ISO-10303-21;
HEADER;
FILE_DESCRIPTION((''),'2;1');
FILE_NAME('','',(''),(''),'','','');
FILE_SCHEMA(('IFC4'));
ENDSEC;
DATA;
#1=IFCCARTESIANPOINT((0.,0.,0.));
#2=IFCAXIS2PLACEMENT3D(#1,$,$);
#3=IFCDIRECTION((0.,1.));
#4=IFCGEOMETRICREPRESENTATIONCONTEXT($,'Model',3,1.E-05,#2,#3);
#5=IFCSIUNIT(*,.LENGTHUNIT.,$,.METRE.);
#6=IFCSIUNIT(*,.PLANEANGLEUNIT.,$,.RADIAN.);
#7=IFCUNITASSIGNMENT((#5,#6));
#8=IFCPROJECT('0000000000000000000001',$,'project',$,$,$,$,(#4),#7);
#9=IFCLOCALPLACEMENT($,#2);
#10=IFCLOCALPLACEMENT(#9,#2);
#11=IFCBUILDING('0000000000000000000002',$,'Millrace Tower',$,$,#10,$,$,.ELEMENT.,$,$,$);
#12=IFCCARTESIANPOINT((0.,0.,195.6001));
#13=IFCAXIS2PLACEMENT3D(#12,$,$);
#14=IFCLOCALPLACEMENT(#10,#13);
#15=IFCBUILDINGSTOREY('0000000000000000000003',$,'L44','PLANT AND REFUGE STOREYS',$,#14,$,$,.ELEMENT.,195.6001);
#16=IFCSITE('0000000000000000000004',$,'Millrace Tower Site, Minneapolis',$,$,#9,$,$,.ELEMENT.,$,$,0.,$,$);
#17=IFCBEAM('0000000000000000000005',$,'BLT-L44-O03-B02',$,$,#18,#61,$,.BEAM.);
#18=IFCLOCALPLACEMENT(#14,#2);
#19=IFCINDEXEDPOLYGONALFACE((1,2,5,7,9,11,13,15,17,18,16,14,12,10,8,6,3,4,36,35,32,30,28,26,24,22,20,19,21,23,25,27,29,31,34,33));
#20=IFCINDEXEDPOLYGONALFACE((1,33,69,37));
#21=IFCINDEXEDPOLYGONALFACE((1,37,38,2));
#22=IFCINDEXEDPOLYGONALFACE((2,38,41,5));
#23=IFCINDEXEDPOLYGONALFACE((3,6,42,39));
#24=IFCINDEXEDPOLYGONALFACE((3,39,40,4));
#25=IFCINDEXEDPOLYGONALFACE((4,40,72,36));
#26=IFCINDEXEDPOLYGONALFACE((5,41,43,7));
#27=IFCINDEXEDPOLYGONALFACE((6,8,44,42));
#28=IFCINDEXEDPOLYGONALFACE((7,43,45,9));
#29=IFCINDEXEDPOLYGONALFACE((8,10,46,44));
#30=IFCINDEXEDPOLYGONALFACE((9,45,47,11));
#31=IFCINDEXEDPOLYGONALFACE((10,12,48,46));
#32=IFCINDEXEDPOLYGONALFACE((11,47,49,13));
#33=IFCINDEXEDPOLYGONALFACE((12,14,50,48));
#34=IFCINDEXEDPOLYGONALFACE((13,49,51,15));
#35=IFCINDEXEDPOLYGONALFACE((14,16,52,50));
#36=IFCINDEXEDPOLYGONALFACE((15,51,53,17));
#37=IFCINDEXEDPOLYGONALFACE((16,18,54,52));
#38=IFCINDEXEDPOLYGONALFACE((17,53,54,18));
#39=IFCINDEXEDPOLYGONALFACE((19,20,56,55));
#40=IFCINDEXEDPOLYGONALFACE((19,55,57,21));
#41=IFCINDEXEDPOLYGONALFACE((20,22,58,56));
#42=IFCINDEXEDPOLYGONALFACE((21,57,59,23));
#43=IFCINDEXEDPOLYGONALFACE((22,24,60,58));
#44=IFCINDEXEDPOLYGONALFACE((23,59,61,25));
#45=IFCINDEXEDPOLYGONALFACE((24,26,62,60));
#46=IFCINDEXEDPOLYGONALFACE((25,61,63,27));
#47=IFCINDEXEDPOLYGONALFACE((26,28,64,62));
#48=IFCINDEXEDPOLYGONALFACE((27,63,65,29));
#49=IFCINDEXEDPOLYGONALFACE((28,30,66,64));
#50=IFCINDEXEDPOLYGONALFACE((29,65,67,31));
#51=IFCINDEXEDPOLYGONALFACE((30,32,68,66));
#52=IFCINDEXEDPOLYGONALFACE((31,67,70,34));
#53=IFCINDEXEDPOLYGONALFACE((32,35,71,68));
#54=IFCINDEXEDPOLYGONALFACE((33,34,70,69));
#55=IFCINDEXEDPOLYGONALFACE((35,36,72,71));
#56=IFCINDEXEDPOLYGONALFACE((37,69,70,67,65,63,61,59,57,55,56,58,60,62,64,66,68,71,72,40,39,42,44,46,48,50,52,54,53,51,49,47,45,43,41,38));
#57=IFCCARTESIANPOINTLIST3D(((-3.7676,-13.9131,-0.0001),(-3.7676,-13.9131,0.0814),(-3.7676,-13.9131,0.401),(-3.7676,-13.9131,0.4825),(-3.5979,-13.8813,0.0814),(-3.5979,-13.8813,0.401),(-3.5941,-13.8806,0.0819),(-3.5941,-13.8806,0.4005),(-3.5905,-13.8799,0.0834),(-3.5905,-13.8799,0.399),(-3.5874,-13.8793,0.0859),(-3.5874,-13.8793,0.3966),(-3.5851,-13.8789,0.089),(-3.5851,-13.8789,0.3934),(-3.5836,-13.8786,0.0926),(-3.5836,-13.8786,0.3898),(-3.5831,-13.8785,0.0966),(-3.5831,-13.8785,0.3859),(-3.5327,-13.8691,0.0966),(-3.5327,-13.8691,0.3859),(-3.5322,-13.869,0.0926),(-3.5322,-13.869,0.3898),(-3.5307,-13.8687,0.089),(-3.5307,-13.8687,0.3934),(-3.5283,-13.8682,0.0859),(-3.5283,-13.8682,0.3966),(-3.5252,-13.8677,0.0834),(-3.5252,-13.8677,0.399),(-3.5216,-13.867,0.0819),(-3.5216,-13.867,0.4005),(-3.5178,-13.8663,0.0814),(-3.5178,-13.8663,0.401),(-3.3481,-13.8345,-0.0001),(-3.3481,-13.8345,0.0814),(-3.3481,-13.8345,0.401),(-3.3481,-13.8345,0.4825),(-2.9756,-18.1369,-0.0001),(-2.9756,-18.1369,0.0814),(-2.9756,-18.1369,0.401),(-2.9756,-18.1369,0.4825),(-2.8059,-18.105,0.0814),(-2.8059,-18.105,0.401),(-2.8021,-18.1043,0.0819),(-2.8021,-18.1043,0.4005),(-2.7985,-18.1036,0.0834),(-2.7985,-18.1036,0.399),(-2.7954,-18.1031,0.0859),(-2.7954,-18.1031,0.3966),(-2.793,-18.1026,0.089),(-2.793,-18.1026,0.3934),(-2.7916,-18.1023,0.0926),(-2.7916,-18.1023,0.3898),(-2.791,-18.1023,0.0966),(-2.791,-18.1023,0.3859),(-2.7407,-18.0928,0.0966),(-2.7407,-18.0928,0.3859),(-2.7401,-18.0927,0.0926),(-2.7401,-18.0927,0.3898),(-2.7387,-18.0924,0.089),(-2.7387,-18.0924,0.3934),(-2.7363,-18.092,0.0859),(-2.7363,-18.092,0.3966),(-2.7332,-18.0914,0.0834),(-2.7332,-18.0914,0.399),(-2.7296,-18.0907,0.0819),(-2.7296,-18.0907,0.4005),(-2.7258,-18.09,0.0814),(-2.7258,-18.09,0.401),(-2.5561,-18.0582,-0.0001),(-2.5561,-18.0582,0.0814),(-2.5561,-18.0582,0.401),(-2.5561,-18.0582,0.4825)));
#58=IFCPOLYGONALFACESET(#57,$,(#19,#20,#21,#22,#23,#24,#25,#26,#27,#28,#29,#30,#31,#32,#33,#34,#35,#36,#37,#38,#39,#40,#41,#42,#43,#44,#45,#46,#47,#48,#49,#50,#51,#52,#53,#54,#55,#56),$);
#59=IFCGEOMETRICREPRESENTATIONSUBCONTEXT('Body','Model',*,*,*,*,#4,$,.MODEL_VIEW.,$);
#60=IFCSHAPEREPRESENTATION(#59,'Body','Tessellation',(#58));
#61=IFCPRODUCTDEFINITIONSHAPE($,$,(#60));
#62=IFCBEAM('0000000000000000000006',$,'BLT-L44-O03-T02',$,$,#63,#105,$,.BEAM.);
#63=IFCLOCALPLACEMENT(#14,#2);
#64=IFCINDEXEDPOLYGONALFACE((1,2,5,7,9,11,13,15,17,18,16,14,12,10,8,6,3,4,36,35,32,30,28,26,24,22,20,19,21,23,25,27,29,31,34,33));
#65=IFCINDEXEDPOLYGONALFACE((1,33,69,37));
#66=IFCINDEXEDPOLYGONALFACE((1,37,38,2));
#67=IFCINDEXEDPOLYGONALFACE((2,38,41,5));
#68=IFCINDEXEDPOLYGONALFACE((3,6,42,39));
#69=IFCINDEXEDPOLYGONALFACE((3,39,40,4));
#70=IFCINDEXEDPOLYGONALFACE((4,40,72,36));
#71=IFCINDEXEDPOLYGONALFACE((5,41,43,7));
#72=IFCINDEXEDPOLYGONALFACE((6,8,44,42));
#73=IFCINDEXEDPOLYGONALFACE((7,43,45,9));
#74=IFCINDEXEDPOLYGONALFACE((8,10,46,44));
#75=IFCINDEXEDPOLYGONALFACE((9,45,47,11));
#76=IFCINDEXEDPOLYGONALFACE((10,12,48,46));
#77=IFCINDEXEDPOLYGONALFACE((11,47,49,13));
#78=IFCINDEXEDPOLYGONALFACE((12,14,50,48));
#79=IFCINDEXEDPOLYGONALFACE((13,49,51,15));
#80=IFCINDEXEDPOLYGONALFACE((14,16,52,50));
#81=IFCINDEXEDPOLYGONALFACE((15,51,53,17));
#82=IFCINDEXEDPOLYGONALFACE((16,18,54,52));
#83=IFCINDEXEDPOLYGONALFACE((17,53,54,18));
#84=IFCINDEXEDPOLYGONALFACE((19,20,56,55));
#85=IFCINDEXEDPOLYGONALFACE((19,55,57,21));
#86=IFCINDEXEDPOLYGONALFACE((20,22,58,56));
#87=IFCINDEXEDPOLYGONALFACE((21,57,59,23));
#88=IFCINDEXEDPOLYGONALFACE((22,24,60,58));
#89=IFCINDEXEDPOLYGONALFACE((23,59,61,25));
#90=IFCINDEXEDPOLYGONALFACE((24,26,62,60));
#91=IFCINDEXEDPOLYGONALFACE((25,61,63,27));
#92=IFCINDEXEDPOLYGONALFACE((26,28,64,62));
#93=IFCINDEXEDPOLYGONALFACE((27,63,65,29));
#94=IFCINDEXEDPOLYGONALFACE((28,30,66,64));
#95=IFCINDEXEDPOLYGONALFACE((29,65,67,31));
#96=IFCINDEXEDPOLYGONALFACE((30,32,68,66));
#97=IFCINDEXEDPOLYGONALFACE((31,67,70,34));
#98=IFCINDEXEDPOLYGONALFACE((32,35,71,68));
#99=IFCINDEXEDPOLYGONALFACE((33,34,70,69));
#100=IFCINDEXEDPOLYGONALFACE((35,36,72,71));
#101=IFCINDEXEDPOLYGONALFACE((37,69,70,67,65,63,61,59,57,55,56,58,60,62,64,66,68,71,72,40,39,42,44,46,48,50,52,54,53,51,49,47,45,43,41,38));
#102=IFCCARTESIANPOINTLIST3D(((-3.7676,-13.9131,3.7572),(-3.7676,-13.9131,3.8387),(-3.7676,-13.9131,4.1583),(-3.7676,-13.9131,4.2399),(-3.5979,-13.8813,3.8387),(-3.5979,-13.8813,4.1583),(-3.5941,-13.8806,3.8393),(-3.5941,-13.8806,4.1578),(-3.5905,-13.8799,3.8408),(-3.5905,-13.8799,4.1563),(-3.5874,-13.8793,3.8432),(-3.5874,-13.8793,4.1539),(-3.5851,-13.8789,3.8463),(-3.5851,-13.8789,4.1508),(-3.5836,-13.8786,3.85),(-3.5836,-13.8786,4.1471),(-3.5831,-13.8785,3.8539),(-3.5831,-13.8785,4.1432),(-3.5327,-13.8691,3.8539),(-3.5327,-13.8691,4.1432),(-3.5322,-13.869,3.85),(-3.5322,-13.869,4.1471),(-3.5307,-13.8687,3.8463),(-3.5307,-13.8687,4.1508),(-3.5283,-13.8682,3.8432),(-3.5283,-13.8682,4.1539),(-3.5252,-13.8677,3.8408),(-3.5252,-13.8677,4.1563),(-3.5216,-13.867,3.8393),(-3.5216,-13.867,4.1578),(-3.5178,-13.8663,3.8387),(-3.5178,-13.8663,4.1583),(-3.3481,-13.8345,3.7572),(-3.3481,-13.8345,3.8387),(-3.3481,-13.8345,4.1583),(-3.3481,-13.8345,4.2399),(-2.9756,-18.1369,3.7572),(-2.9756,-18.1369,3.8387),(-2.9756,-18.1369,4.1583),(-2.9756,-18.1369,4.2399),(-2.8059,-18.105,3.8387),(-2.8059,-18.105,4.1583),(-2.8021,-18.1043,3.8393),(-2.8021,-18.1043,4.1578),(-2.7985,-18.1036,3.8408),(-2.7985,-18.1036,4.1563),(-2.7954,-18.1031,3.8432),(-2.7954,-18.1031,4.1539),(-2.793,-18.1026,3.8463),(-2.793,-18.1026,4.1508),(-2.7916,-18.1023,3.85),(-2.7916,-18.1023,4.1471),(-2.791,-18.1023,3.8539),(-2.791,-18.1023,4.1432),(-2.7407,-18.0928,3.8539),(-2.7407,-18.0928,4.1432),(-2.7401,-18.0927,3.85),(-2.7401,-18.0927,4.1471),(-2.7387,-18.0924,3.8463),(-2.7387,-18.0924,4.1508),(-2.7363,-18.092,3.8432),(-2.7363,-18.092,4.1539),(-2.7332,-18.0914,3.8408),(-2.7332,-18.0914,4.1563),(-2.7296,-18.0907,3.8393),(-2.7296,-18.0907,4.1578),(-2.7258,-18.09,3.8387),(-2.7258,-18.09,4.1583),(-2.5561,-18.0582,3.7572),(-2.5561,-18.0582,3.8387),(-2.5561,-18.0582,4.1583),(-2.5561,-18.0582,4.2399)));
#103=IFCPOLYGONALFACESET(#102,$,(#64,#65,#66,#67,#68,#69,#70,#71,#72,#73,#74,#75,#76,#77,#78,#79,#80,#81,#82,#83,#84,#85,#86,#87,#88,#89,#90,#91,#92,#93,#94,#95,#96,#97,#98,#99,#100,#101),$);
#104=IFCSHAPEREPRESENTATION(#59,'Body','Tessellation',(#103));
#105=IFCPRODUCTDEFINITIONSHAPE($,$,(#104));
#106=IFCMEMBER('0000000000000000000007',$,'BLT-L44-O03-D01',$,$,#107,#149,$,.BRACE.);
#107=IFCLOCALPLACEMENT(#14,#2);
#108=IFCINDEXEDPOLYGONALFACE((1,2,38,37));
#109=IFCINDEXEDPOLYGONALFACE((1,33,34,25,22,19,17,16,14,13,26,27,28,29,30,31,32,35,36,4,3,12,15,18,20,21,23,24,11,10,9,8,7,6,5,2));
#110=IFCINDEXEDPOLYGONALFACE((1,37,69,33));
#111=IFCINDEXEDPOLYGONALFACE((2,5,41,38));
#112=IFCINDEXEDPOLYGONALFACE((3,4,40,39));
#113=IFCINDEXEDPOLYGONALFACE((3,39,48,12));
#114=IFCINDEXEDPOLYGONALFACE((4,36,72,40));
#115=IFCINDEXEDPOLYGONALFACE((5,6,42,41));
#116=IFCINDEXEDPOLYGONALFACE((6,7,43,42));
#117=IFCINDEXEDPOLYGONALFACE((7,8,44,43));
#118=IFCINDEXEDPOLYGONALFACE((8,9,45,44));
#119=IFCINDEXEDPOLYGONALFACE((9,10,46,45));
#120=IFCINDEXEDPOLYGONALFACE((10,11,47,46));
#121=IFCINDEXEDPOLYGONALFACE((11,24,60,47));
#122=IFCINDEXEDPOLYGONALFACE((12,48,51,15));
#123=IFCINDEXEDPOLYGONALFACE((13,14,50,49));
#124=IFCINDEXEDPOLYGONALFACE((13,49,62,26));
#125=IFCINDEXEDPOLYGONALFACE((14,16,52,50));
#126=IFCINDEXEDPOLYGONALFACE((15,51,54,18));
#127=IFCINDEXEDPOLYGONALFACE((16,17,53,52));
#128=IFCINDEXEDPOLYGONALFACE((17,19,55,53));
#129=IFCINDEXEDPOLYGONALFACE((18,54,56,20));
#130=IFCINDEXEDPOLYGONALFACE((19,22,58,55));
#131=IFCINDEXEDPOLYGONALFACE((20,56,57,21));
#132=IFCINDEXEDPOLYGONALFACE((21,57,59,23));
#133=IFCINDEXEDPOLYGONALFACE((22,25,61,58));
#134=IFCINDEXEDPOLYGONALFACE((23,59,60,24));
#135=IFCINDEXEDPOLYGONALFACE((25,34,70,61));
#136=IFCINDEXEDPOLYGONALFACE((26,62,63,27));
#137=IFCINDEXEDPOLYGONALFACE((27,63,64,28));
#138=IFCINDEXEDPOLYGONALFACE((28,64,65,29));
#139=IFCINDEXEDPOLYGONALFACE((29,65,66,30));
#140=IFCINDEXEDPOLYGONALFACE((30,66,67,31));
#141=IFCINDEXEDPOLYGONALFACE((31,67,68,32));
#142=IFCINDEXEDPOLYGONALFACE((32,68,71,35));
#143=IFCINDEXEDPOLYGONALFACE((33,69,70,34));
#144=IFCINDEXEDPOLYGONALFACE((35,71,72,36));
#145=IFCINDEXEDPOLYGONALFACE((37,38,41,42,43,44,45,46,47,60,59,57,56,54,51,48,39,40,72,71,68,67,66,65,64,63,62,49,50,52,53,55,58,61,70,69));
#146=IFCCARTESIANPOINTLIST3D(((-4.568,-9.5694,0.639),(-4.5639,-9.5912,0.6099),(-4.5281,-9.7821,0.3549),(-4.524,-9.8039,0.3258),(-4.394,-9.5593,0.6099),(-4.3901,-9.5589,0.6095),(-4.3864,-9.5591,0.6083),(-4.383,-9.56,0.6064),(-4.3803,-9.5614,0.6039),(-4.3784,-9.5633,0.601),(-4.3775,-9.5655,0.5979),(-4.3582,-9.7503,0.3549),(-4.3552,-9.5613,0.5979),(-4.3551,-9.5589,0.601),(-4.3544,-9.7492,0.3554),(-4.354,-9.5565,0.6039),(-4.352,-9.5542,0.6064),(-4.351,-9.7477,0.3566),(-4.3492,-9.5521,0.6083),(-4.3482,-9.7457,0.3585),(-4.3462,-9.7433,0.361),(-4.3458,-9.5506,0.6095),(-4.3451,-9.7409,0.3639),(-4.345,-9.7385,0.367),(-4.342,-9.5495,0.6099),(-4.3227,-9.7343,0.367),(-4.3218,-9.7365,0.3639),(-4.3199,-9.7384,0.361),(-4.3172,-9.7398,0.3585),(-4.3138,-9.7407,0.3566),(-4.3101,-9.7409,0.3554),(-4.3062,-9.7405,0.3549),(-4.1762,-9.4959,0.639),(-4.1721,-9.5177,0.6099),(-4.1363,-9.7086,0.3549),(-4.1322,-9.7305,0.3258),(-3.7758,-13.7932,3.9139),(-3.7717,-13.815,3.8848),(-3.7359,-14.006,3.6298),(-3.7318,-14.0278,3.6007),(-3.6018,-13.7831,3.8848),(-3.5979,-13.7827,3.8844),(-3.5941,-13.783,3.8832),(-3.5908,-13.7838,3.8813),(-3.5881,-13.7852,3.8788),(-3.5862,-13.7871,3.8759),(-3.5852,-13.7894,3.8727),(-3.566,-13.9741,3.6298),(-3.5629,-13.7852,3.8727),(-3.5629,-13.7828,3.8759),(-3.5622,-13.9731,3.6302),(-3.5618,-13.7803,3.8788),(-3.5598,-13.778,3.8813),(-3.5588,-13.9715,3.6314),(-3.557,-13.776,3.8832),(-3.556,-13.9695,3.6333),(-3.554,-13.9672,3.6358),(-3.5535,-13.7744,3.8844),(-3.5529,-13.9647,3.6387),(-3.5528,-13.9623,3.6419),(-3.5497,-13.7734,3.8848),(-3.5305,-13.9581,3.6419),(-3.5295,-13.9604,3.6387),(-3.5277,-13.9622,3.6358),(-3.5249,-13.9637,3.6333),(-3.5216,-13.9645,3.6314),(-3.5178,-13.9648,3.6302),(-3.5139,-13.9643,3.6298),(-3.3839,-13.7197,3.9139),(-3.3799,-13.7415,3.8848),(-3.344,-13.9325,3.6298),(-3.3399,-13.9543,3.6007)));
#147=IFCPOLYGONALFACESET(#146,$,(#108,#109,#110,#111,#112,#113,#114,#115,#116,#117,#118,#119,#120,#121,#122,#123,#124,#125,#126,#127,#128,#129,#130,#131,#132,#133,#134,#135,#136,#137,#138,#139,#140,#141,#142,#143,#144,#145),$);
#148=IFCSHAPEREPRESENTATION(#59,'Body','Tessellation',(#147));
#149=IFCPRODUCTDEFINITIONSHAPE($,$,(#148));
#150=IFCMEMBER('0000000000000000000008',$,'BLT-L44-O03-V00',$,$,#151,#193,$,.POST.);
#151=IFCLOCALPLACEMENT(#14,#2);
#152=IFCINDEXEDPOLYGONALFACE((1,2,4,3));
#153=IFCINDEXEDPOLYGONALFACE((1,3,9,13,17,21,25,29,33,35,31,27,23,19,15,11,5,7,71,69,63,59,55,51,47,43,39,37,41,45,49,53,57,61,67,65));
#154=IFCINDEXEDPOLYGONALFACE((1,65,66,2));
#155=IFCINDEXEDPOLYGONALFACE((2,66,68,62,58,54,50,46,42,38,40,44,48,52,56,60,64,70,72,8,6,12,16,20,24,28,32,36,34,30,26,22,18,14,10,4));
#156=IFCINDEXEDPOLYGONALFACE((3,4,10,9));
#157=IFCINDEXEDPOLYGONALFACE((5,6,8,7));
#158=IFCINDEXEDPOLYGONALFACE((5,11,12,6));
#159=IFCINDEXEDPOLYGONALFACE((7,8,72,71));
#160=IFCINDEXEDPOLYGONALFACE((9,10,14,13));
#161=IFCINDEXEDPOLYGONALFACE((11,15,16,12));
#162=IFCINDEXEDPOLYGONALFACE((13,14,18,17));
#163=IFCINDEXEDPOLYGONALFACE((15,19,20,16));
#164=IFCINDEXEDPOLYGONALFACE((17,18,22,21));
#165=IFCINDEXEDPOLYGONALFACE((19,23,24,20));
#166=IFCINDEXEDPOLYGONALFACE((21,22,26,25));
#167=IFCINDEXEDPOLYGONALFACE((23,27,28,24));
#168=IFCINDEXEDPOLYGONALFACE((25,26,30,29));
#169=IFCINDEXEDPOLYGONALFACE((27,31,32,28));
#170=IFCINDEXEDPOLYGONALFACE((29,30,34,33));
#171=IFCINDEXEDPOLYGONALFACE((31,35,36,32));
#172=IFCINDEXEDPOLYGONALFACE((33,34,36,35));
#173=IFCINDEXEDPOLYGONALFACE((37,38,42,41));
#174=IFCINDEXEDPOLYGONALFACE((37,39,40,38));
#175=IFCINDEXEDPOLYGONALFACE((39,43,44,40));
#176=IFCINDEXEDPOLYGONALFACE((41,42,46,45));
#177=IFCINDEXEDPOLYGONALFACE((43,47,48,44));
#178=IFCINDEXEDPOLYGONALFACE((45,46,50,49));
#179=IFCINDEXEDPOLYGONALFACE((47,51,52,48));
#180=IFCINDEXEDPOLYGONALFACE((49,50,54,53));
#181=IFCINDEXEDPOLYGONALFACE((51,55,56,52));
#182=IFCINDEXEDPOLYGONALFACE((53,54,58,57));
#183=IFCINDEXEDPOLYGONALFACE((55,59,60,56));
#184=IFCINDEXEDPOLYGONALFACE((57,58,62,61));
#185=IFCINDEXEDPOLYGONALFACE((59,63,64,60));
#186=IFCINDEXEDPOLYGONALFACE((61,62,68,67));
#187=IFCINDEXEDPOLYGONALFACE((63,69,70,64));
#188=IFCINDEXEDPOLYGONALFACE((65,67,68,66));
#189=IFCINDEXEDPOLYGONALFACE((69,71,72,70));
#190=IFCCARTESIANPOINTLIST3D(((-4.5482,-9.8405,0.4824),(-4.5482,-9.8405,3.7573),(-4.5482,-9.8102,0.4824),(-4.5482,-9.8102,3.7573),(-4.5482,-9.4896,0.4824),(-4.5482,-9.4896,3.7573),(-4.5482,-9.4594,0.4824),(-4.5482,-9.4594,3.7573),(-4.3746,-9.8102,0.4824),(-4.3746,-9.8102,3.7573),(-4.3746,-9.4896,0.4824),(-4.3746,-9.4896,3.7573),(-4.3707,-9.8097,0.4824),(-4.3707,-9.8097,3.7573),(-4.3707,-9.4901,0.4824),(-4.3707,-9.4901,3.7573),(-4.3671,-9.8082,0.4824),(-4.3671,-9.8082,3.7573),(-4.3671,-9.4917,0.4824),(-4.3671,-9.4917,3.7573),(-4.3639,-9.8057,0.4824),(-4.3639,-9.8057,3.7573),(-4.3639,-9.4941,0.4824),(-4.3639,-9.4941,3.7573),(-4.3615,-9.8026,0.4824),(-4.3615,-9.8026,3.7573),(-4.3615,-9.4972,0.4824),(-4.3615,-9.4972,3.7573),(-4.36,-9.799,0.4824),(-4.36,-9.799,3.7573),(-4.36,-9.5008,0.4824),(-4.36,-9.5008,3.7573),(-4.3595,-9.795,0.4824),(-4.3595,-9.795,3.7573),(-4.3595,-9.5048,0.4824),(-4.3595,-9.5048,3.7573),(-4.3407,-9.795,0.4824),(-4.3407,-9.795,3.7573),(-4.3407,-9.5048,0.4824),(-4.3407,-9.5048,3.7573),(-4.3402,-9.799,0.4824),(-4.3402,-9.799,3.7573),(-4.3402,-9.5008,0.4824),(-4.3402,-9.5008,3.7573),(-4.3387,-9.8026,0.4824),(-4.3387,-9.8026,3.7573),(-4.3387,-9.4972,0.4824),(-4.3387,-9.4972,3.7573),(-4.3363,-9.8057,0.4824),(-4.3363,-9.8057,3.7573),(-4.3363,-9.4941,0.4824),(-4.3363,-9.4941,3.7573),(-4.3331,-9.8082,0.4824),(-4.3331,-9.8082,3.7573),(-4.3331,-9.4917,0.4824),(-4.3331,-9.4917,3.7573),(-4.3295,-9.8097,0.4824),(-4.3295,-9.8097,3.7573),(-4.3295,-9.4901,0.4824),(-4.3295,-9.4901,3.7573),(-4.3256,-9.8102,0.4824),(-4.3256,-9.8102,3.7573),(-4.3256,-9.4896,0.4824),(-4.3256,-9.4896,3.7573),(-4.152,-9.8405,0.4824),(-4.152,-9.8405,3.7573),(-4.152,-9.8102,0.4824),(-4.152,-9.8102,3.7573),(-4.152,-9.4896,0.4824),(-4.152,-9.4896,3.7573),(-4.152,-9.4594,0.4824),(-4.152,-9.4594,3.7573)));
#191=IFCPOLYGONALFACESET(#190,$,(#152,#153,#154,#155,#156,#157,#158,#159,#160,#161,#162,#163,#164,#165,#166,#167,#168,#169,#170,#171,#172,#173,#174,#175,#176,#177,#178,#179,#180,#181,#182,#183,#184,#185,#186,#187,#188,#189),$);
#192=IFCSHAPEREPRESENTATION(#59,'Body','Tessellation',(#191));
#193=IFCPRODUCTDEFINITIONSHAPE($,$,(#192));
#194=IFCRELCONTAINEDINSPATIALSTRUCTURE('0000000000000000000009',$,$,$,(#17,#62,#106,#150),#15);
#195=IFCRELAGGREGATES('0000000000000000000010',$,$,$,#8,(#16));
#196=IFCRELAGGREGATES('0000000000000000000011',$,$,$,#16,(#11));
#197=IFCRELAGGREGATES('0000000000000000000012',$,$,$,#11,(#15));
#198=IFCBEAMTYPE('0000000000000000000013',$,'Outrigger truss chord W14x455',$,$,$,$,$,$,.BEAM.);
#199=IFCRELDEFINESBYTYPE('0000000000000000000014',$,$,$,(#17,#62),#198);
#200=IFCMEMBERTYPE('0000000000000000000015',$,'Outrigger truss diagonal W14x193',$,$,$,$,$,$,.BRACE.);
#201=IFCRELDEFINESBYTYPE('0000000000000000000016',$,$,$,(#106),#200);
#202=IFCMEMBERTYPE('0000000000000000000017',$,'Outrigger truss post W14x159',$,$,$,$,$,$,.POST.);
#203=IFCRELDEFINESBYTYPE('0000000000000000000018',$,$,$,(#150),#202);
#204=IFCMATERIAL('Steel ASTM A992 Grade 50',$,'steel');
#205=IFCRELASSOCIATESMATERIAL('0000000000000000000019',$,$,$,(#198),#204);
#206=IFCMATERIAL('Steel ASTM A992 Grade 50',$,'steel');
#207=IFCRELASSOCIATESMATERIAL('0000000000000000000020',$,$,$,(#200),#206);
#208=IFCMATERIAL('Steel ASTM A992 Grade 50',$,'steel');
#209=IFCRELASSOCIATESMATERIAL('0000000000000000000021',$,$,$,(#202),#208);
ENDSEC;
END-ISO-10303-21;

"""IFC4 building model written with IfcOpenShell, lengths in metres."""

from ifc_helpers import new_model, si_unit, direction, frame, origin, origin_2d, place, context, subcontext, project, spatial, i_section, extrude, material, material_profile, profile_set, type_object, element, save


model = new_model("IFC4")

# Units and contexts
model_context = context("Model", 3, precision=1e-05, world=origin(), true_north=direction((0.0, 1.0)))
body_context = subcontext(model_context, "Body", "Model", "MODEL_VIEW")
ifc_project = project(units=[si_unit("LENGTHUNIT", "METRE"), si_unit("PLANEANGLEUNIT", "RADIAN")], contexts=[model_context])

# Site, building, storey
site_placement = place(None, origin())
site = spatial("IfcSite", under=ifc_project, at=site_placement, Name="Millrace Tower Site, Minneapolis", CompositionType="ELEMENT", RefElevation=0.0)
building_placement = place(site_placement, origin())
building = spatial("IfcBuilding", under=site, at=building_placement, Name="Millrace Tower", CompositionType="ELEMENT")
storey_placement = place(building_placement, frame((0.0, 0.0, 195.6001)))
storey = spatial("IfcBuildingStorey", under=building, at=storey_placement, Name="L44", Description="PLANT AND REFUGE STOREYS", CompositionType="ELEMENT", Elevation=195.6001)

# Beams
ifc_material_1 = material(Name="Steel ASTM A992 Grade 50", Category="steel")
ifc_material_profile_1 = material_profile(ifc_material_1, i_section(OverallWidth=0.4268, OverallDepth=0.4827, WebThickness=0.0513, FlangeThickness=0.0815, FilletRadius=0.0151, at=origin_2d()))
ifc_profile_set_1 = profile_set([ifc_material_profile_1], Name="Steel ASTM A992 Grade 50")
beam_type_1 = type_object("IfcBeamType", Name="Outrigger truss chord W14x455", PredefinedType="BEAM", material=ifc_profile_set_1)
for number, where, z_axis, x_axis, name in (
    (1, (-3.5579, -13.8738, 0.2412), (0.184302, -0.98287, 0.0), (0.98287, 0.184302, 0.0), "BLT-L44-O03-B02"),
    (2, (-3.5579, -13.8738, 3.9985), (0.184302, -0.98287, 0.0), (0.98287, 0.184302, 0.0), "BLT-L44-O03-T02"),
):
    element("IfcBeam", number, at=place(storey_placement, frame(where, z_axis=z_axis, x_axis=x_axis)), inside=storey, type_object=beam_type_1, Name=name, PredefinedType="BEAM", context=body_context, shape_type="SweptSolid", body=[
        extrude(i_section(OverallWidth=0.4268, OverallDepth=0.4827, WebThickness=0.0513, FlangeThickness=0.0815, FilletRadius=0.0151, at=origin_2d()), origin(), (0.0, 0.0, 1.0), 4.2974),
    ])

# Members
ifc_material_2 = material(Name="Steel ASTM A992 Grade 50", Category="steel")
ifc_material_profile_2 = material_profile(ifc_material_2, i_section(OverallWidth=0.3987, OverallDepth=0.3938, WebThickness=0.0227, FlangeThickness=0.0366, FilletRadius=0.0151, at=origin_2d()))
ifc_profile_set_2 = profile_set([ifc_material_profile_2], Name="Steel ASTM A992 Grade 50")
member_type_1 = type_object("IfcMemberType", Name="Outrigger truss diagonal W14x193", PredefinedType="BRACE", material=ifc_profile_set_2)
member_placement = place(storey_placement, frame((-4.3501, -9.6499, 0.4824), z_axis=(0.146626, -0.781747, 0.606113), x_axis=(0.982861, 0.184347, 0.0)))
element("IfcMember", 3, at=member_placement, inside=storey, type_object=member_type_1, Name="BLT-L44-O03-D01", PredefinedType="BRACE", context=body_context, shape_type="SweptSolid", body=[
    extrude(i_section(OverallWidth=0.3987, OverallDepth=0.3938, WebThickness=0.0227, FlangeThickness=0.0366, FilletRadius=0.0151, at=origin_2d()), origin(), (0.0, 0.0, 1.0), 5.4031),
])
ifc_material_3 = material(Name="Steel ASTM A992 Grade 50", Category="steel")
ifc_material_profile_3 = material_profile(ifc_material_3, i_section(OverallWidth=0.3962, OverallDepth=0.3811, WebThickness=0.0188, FlangeThickness=0.0303, FilletRadius=0.0151, at=origin_2d()))
ifc_profile_set_3 = profile_set([ifc_material_profile_3], Name="Steel ASTM A992 Grade 50")
member_type_2 = type_object("IfcMemberType", Name="Outrigger truss post W14x159", PredefinedType="POST", material=ifc_profile_set_3)
for number, where, z_axis, x_axis, name in (
    (4, (-4.3501, -9.6499, 0.4824), (0.0, 0.0, 1.0), (1.0, 0.0, 0.0), "BLT-L44-O03-V00"),
):
    element("IfcMember", number, at=place(storey_placement, frame(where, z_axis=z_axis, x_axis=x_axis)), inside=storey, type_object=member_type_2, Name=name, PredefinedType="POST", context=body_context, shape_type="SweptSolid", body=[
        extrude(i_section(OverallWidth=0.3962, OverallDepth=0.3811, WebThickness=0.0188, FlangeThickness=0.0303, FilletRadius=0.0151, at=origin_2d()), origin(), (0.0, 0.0, 1.0), 3.2749),
    ])

save(model, "model.ifc")
